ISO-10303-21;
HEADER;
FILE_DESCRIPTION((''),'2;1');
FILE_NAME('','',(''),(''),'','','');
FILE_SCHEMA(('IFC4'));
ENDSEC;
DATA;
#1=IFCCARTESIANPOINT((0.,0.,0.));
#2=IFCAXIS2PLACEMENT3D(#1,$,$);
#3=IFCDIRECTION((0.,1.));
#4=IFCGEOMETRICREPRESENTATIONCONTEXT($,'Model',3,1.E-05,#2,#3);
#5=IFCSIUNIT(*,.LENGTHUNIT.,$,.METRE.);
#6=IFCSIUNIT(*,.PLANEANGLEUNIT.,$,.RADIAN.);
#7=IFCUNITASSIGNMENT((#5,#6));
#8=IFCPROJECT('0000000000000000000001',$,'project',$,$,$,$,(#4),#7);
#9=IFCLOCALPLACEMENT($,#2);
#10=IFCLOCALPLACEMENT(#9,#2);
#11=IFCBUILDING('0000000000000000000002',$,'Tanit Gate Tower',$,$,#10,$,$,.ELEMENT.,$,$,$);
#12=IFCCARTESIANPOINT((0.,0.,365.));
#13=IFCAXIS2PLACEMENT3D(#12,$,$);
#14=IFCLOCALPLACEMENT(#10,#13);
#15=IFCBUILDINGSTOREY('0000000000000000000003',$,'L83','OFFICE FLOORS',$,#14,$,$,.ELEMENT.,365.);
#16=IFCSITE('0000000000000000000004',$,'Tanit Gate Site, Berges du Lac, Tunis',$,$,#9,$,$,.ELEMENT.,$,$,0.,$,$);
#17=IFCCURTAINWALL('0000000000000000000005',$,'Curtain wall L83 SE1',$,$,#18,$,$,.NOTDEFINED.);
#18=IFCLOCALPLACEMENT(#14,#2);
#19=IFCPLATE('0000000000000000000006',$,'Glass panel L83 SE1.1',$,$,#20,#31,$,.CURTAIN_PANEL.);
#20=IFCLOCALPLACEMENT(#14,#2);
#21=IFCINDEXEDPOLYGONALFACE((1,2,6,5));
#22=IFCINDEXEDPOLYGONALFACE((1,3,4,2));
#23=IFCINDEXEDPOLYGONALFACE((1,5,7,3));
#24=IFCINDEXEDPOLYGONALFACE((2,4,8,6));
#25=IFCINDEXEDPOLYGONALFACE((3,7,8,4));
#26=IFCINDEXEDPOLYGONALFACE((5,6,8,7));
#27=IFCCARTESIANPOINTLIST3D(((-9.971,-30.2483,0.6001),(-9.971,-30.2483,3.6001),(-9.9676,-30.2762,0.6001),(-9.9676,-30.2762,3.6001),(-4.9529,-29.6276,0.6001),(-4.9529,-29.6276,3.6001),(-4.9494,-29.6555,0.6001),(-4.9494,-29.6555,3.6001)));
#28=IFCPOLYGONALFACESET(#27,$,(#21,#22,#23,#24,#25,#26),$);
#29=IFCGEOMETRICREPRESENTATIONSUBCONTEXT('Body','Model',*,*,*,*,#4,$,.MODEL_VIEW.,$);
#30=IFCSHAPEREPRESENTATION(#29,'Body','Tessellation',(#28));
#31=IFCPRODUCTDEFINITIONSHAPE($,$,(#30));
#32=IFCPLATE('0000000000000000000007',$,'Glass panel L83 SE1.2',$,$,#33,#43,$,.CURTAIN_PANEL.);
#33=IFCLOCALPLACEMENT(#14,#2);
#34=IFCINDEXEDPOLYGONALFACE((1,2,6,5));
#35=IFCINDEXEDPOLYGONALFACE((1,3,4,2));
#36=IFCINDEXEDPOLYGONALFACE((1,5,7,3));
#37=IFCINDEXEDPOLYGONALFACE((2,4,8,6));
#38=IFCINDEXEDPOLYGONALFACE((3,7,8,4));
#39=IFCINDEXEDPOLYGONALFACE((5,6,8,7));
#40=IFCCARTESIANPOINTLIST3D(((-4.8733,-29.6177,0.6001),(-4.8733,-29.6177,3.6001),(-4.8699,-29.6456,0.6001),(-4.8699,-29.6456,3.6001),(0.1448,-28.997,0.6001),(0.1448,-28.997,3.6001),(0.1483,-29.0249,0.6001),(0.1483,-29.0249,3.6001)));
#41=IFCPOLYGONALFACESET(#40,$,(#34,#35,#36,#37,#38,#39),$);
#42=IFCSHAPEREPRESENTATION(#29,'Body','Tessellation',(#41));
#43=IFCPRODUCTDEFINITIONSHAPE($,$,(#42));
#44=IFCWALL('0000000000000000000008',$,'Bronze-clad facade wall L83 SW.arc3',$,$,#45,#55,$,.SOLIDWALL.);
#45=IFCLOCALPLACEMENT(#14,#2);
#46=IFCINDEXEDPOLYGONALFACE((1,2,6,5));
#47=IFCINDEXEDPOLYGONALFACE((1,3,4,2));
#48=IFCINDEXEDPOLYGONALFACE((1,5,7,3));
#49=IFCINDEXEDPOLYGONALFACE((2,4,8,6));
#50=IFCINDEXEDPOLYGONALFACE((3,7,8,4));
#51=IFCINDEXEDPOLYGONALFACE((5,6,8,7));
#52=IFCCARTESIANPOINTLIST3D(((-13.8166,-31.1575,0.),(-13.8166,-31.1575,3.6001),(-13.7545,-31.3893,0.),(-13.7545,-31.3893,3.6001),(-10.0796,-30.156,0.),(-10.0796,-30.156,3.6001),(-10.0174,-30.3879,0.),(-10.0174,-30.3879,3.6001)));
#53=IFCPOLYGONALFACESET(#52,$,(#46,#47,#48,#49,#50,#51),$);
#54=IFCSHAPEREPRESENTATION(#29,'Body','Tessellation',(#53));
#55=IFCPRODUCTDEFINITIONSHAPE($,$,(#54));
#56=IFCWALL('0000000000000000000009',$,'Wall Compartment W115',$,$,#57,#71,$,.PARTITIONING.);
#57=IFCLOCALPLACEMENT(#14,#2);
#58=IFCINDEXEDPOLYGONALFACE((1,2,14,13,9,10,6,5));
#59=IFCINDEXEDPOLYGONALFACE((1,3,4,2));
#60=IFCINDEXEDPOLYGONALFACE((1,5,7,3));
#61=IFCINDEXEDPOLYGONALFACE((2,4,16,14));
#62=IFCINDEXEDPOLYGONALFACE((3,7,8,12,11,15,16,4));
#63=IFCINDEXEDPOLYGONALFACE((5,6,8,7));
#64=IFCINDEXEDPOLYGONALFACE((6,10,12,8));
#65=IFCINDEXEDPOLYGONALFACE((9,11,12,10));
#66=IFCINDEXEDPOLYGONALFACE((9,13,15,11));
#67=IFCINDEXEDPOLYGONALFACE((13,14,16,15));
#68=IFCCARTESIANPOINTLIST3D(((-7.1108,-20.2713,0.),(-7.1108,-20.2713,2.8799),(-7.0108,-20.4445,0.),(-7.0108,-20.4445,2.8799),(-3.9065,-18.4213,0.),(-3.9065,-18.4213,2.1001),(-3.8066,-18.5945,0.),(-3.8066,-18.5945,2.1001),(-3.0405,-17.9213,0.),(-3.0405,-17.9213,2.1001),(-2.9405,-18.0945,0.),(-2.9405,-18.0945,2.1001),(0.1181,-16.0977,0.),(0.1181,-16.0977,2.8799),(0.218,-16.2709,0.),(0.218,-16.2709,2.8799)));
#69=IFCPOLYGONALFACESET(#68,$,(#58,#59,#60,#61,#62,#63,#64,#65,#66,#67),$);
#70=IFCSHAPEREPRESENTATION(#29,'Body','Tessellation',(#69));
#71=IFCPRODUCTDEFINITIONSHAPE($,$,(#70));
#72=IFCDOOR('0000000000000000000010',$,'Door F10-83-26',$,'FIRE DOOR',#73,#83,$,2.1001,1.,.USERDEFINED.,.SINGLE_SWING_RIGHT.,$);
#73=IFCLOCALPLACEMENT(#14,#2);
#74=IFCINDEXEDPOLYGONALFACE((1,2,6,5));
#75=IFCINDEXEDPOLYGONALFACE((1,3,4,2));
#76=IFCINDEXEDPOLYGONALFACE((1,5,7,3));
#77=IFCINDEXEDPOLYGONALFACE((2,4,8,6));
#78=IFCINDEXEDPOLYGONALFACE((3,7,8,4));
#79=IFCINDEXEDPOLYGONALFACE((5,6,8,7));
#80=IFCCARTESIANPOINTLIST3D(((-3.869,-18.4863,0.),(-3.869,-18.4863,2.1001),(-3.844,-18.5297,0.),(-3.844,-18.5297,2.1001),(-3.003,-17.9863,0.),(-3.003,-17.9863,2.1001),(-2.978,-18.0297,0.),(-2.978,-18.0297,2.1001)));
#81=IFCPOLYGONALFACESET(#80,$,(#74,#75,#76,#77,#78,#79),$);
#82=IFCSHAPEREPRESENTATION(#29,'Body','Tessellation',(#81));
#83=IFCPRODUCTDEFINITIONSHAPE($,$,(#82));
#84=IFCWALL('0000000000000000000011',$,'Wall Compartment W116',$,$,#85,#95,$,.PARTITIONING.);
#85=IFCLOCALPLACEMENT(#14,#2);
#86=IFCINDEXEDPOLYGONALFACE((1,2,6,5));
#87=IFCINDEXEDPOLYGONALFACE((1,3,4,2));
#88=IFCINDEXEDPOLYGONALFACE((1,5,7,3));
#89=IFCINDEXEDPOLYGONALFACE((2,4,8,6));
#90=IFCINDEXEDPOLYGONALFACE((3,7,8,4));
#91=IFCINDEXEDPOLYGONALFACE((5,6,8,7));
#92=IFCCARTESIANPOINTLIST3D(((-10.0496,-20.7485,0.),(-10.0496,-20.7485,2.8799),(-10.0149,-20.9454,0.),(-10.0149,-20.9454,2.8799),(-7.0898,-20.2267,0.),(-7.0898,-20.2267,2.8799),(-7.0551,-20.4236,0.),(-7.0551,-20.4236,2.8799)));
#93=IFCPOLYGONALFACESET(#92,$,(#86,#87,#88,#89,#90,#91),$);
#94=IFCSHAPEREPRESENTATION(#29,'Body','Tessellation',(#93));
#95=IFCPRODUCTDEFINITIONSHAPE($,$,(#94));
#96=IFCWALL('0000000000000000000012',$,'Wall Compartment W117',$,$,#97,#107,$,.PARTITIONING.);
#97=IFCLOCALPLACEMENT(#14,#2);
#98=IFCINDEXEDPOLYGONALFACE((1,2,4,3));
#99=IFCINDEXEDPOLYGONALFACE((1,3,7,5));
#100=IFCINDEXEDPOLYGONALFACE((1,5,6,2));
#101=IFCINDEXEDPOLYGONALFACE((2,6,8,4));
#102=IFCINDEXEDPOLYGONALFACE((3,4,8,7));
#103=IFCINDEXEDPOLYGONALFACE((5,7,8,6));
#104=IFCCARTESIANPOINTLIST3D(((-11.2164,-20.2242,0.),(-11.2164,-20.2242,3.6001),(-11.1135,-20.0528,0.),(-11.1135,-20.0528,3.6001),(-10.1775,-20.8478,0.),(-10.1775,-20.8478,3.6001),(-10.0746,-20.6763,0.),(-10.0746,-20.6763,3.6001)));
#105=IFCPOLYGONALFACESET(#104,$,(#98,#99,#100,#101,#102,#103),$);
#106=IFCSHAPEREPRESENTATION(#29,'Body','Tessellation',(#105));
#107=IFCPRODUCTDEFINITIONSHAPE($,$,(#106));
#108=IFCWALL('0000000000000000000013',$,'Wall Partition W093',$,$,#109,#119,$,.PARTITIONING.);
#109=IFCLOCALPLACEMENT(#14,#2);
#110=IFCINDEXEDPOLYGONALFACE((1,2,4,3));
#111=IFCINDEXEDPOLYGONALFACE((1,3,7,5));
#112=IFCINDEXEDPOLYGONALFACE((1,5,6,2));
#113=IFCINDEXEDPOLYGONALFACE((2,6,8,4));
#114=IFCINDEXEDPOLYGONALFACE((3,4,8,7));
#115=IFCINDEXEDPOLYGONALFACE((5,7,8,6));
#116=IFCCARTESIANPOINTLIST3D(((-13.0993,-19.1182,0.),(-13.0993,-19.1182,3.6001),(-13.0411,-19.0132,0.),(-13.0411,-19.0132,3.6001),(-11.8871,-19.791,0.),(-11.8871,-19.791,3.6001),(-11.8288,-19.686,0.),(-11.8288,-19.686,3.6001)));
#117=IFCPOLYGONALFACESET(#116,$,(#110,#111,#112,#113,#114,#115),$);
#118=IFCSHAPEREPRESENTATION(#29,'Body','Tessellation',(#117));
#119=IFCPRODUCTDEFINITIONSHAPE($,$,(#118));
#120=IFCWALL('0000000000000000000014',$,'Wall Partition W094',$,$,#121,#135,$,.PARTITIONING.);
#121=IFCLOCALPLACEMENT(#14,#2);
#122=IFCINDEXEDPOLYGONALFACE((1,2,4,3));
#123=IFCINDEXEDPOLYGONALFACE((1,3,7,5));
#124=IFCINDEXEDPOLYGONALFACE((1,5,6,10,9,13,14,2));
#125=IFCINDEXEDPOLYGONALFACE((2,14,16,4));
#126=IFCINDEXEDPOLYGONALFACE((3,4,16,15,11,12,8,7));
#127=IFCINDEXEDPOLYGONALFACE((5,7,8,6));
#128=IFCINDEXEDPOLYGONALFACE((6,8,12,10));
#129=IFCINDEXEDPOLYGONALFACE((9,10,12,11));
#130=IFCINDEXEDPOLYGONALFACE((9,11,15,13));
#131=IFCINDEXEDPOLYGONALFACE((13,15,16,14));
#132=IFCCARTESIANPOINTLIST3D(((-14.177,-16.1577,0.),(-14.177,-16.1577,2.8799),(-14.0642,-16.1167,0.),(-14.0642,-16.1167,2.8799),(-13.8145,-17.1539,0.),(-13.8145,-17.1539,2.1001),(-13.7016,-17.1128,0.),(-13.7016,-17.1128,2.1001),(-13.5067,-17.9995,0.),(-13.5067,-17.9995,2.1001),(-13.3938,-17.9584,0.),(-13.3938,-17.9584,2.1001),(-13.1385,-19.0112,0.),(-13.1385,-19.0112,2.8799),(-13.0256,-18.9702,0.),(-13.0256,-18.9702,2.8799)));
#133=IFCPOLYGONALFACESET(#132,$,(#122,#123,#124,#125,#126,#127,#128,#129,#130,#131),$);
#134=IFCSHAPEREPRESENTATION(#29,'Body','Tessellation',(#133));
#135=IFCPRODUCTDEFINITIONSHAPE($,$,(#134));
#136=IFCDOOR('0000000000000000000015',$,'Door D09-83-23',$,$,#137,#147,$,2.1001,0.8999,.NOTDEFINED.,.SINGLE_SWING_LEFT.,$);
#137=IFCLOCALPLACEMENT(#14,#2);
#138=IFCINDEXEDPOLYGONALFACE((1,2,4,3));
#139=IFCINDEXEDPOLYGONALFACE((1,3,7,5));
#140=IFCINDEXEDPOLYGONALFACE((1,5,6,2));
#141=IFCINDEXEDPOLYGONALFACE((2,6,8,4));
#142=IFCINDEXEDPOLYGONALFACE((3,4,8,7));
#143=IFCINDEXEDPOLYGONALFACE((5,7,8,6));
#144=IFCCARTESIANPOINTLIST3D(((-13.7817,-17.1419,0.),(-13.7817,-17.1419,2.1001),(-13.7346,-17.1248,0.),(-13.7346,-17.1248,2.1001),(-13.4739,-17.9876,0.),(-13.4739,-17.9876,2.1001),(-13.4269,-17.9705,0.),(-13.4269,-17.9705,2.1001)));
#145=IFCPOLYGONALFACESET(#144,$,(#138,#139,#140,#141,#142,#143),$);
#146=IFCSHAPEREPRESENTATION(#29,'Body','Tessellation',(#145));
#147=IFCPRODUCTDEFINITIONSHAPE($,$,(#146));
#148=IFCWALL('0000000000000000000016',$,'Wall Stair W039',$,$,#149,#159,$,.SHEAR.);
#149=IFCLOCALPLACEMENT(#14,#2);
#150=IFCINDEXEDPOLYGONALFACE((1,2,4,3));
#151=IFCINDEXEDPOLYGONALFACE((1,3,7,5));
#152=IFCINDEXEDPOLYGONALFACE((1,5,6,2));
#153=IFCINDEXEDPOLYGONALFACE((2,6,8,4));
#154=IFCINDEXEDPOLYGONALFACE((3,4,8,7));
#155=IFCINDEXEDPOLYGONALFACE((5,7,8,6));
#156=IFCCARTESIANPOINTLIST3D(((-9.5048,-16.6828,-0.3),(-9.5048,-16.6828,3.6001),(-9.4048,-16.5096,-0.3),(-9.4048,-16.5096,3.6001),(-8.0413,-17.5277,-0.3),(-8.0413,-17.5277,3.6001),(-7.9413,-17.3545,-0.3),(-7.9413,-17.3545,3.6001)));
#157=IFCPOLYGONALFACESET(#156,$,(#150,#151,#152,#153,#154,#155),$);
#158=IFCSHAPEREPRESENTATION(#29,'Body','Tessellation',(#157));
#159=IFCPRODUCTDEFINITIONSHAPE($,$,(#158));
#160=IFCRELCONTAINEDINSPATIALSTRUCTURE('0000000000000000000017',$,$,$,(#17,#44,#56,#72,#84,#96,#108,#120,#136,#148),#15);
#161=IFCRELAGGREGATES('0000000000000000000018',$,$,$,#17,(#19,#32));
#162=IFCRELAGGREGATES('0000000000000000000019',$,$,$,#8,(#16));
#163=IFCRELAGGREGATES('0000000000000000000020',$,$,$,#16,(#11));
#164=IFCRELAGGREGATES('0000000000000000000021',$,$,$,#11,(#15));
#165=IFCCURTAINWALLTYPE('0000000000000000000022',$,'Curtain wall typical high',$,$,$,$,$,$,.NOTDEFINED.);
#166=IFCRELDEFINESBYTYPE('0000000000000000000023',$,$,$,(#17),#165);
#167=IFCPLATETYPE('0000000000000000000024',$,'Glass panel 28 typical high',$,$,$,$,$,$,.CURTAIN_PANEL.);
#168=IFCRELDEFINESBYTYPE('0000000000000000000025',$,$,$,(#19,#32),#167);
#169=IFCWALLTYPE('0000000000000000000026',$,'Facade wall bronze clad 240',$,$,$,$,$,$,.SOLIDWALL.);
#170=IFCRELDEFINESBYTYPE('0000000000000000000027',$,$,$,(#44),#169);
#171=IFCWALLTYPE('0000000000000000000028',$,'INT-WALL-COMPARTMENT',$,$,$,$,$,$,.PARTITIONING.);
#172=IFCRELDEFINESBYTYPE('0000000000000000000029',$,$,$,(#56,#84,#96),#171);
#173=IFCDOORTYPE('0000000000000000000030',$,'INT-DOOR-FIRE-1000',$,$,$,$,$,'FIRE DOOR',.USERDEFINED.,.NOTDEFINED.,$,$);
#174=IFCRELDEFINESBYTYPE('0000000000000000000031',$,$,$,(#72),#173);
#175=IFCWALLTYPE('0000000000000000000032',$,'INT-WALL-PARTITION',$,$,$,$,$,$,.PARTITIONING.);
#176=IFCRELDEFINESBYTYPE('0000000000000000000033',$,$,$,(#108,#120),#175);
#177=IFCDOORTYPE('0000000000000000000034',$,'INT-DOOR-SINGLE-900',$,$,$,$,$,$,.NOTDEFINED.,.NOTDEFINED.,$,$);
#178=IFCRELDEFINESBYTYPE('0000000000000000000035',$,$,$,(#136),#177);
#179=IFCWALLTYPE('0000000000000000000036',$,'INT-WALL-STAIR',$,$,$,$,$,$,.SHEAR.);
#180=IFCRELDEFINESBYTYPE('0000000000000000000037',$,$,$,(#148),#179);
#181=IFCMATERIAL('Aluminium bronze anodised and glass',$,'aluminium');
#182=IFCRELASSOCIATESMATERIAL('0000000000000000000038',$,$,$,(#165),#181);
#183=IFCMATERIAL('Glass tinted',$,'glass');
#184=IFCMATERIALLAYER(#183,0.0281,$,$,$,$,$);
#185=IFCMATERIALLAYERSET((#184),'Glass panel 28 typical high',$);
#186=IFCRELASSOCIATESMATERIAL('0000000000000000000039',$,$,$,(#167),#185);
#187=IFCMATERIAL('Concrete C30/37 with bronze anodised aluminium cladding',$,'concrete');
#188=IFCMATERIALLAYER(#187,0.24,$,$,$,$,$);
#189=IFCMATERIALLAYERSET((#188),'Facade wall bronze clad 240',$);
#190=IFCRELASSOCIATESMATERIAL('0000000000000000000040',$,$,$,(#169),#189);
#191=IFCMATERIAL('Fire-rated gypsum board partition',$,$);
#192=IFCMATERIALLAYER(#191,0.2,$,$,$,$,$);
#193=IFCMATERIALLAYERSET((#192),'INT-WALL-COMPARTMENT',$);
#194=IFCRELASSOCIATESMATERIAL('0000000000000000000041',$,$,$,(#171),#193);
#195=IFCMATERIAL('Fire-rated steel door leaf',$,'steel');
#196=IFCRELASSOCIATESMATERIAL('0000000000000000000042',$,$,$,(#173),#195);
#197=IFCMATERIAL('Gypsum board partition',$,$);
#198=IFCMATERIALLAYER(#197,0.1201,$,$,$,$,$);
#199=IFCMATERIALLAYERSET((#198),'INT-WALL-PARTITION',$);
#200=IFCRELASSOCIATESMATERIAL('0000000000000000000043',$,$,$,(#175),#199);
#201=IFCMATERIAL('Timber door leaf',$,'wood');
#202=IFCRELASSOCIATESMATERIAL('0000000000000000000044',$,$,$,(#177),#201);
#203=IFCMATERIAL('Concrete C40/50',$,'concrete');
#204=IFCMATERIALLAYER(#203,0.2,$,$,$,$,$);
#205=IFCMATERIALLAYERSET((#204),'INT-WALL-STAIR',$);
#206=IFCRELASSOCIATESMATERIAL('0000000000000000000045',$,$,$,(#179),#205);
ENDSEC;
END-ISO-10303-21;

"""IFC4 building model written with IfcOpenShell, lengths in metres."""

from ifc_helpers import new_model, si_unit, direction, frame, frame_2d, origin, origin_2d, place, context, subcontext, project, spatial, rectangle, extrude, material, layer, layer_set, type_object, element, fill, aggregate, save


model = new_model("IFC4")

# Units and contexts
model_context = context("Model", 3, precision=1e-05, world=origin(), true_north=direction((0.0, 1.0)))
body_context = subcontext(model_context, "Body", "Model", "MODEL_VIEW")
ifc_project = project(units=[si_unit("LENGTHUNIT", "METRE"), si_unit("PLANEANGLEUNIT", "RADIAN")], contexts=[model_context])

# Site, building, storey
site_placement = place(None, origin())
site = spatial("IfcSite", under=ifc_project, at=site_placement, Name="Tanit Gate Site, Berges du Lac, Tunis", CompositionType="ELEMENT", RefElevation=0.0)
building_placement = place(site_placement, origin())
building = spatial("IfcBuilding", under=site, at=building_placement, Name="Tanit Gate Tower", CompositionType="ELEMENT")
storey_placement = place(building_placement, frame((0.0, 0.0, 365.0)))
storey = spatial("IfcBuildingStorey", under=building, at=storey_placement, Name="L83", Description="OFFICE FLOORS", CompositionType="ELEMENT", Elevation=365.0)

# Curtain wall
ifc_material_1 = material(Name="Aluminium bronze anodised and glass", Category="aluminium")
curtain_wall_type = type_object("IfcCurtainWallType", Name="Curtain wall typical high", PredefinedType="NOTDEFINED", material=ifc_material_1)
curtain_wall_placement = place(storey_placement, origin())
curtain_wall = element("IfcCurtainWall", 1, at=curtain_wall_placement, inside=storey, type_object=curtain_wall_type, Name="Curtain wall L83 SE1", PredefinedType="NOTDEFINED")

# Plates
ifc_material_2 = material(Name="Glass tinted", Category="glass")
ifc_layer_1 = layer(ifc_material_2, 0.0281)
ifc_layer_set_1 = layer_set([ifc_layer_1], Name="Glass panel 28 typical high")
plate_type = type_object("IfcPlateType", Name="Glass panel 28 typical high", PredefinedType="CURTAIN_PANEL", material=ifc_layer_set_1)
plate_1_placement = place(storey_placement, frame((-7.4602, -29.9519, 0.6001), z_axis=(0.0, 0.0, 1.0), x_axis=(0.992436, 0.122759, 0.0)))
plate_1 = element("IfcPlate", 2, at=plate_1_placement, type_object=plate_type, Name="Glass panel L83 SE1.1", PredefinedType="CURTAIN_PANEL", context=body_context, shape_type="SweptSolid", body=[
    extrude(rectangle(XDim=5.0564, YDim=0.0281, at=origin_2d()), origin(), (0.0, 0.0, 1.0), 3.0),
])
plate_2_placement = place(storey_placement, frame((-2.3625, -29.3213, 0.6001), z_axis=(0.0, 0.0, 1.0), x_axis=(0.992436, 0.122759, 0.0)))
plate_2 = element("IfcPlate", 3, at=plate_2_placement, type_object=plate_type, Name="Glass panel L83 SE1.2", PredefinedType="CURTAIN_PANEL", context=body_context, shape_type="SweptSolid", body=[
    extrude(rectangle(XDim=5.0564, YDim=0.0281, at=origin_2d()), origin(), (0.0, 0.0, 1.0), 3.0),
])
aggregate(curtain_wall, [plate_1, plate_2])

# Wall
ifc_material_3 = material(Name="Concrete C30/37 with bronze anodised aluminium cladding", Category="concrete")
ifc_layer_2 = layer(ifc_material_3, 0.24)
ifc_layer_set_2 = layer_set([ifc_layer_2], Name="Facade wall bronze clad 240")
wall_type_1 = type_object("IfcWallType", Name="Facade wall bronze clad 240", PredefinedType="SOLIDWALL", material=ifc_layer_set_2)
wall_1_placement = place(storey_placement, frame((-13.7856, -31.2734, 0.0), z_axis=(0.0, 0.0, 1.0), x_axis=(0.965918, 0.258849, 0.0)))
element("IfcWall", 4, at=wall_1_placement, inside=storey, type_object=wall_type_1, Name="Bronze-clad facade wall L83 SW.arc3", PredefinedType="SOLIDWALL", context=body_context, shape_type="SweptSolid", body=[
    extrude(rectangle(XDim=3.8689, YDim=0.24, at=frame_2d((1.9346, 0.0))), origin(), (0.0, 0.0, 1.0), 3.6001),
])

# Wall, opening, door
ifc_material_4 = material(Name="Fire-rated gypsum board partition")
ifc_layer_3 = layer(ifc_material_4, 0.2)
ifc_layer_set_3 = layer_set([ifc_layer_3], Name="INT-WALL-COMPARTMENT")
wall_type_2 = type_object("IfcWallType", Name="INT-WALL-COMPARTMENT", PredefinedType="PARTITIONING", material=ifc_layer_set_3)
wall_2_placement = place(storey_placement, frame((-7.0608, -20.3579, 0.0), z_axis=(0.0, 0.0, 1.0), x_axis=(0.866022, 0.500005, 0.0)))
wall_2 = element("IfcWall", 5, at=wall_2_placement, inside=storey, type_object=wall_type_2, Name="Wall Compartment W115", PredefinedType="PARTITIONING", context=body_context, shape_type="SweptSolid", body=[
    extrude(rectangle(XDim=8.3472, YDim=0.2, at=frame_2d((4.1736, 0.0))), origin(), (0.0, 0.0, 1.0), 2.8799),
])
opening_1_placement = place(wall_2_placement, frame((3.7, 0.0, 0.0)))
opening_1 = element("IfcOpeningElement", 6, at=opening_1_placement, cuts=wall_2, PredefinedType="OPENING", context=body_context, shape_type="SweptSolid", body=[
    extrude(rectangle(XDim=1.0, YDim=2.1001, at=frame_2d((0.5, 1.05))), frame((0.0, 0.1099, 0.0), z_axis=(0.0, -1.0, 0.0), x_axis=(1.0, 0.0, 0.0)), (0.0, 0.0, 1.0), 0.22),
])
ifc_material_5 = material(Name="Fire-rated steel door leaf", Category="steel")
door_type_1 = type_object("IfcDoorType", Name="INT-DOOR-FIRE-1000", ElementType="FIRE DOOR", OperationType="NOTDEFINED", PredefinedType="USERDEFINED", material=ifc_material_5)
door_1_placement = place(opening_1_placement, origin())
door_1 = element("IfcDoor", 7, at=door_1_placement, inside=storey, type_object=door_type_1, Name="Door F10-83-26", ObjectType="FIRE DOOR", OperationType="SINGLE_SWING_RIGHT", OverallHeight=2.1001, OverallWidth=1.0, PredefinedType="USERDEFINED", context=body_context, shape_type="SweptSolid", body=[
    extrude(rectangle(XDim=1.0, YDim=2.1001, at=frame_2d((0.5, 1.05))), frame((0.0, 0.0249, 0.0), z_axis=(0.0, -1.0, 0.0), x_axis=(1.0, 0.0, 0.0)), (0.0, 0.0, 1.0), 0.05),
])
fill(opening_1, door_1)

# Walls
wall_3_placement = place(storey_placement, frame((-10.0322, -20.8469, 0.0), z_axis=(0.0, 0.0, 1.0), x_axis=(0.984816, 0.1736, 0.0)))
element("IfcWall", 8, at=wall_3_placement, inside=storey, type_object=wall_type_2, Name="Wall Compartment W116", PredefinedType="PARTITIONING", context=body_context, shape_type="SweptSolid", body=[
    extrude(rectangle(XDim=3.0054, YDim=0.2, at=frame_2d((1.5027, 0.0))), origin(), (0.0, 0.0, 1.0), 2.8799),
])
wall_4_placement = place(storey_placement, frame((-11.165, -20.1384, 0.0), z_axis=(0.0, 0.0, 1.0), x_axis=(0.857404, -0.514644, 0.0)))
element("IfcWall", 9, at=wall_4_placement, inside=storey, type_object=wall_type_2, Name="Wall Compartment W117", PredefinedType="PARTITIONING", context=body_context, shape_type="SweptSolid", body=[
    extrude(rectangle(XDim=1.2117, YDim=0.2, at=frame_2d((0.606, 0.0))), origin(), (0.0, 0.0, 1.0), 3.6001),
])
ifc_material_6 = material(Name="Gypsum board partition")
ifc_layer_4 = layer(ifc_material_6, 0.1201)
ifc_layer_set_4 = layer_set([ifc_layer_4], Name="INT-WALL-PARTITION")
wall_type_3 = type_object("IfcWallType", Name="INT-WALL-PARTITION", PredefinedType="PARTITIONING", material=ifc_layer_set_4)
wall_5_placement = place(storey_placement, frame((-13.0703, -19.0657, 0.0), z_axis=(0.0, 0.0, 1.0), x_axis=(0.874373, -0.485254, 0.0)))
element("IfcWall", 10, at=wall_5_placement, inside=storey, type_object=wall_type_3, Name="Wall Partition W093", PredefinedType="PARTITIONING", context=body_context, shape_type="SweptSolid", body=[
    extrude(rectangle(XDim=1.3865, YDim=0.1201, at=frame_2d((0.6934, 0.0))), origin(), (0.0, 0.0, 1.0), 3.6001),
])

# Wall, opening, door
wall_6_placement = place(storey_placement, frame((-14.1206, -16.1372, 0.0), z_axis=(0.0, 0.0, 1.0), x_axis=(0.342014, -0.939695, 0.0)))
wall_6 = element("IfcWall", 11, at=wall_6_placement, inside=storey, type_object=wall_type_3, Name="Wall Partition W094", PredefinedType="PARTITIONING", context=body_context, shape_type="SweptSolid", body=[
    extrude(rectangle(XDim=3.0366, YDim=0.1201, at=frame_2d((1.5183, 0.0))), origin(), (0.0, 0.0, 1.0), 2.8799),
])
opening_2_placement = place(wall_6_placement, frame((1.0601, 0.0, 0.0)))
opening_2 = element("IfcOpeningElement", 12, at=opening_2_placement, cuts=wall_6, PredefinedType="OPENING", context=body_context, shape_type="SweptSolid", body=[
    extrude(rectangle(XDim=0.8999, YDim=2.1001, at=frame_2d((0.45, 1.05))), frame((0.0, 0.0701, 0.0), z_axis=(0.0, -1.0, 0.0), x_axis=(1.0, 0.0, 0.0)), (0.0, 0.0, 1.0), 0.1401),
])
ifc_material_7 = material(Name="Timber door leaf", Category="wood")
door_type_2 = type_object("IfcDoorType", Name="INT-DOOR-SINGLE-900", OperationType="NOTDEFINED", PredefinedType="NOTDEFINED", material=ifc_material_7)
door_2_placement = place(opening_2_placement, origin())
door_2 = element("IfcDoor", 13, at=door_2_placement, inside=storey, type_object=door_type_2, Name="Door D09-83-23", OperationType="SINGLE_SWING_LEFT", OverallHeight=2.1001, OverallWidth=0.8999, PredefinedType="NOTDEFINED", context=body_context, shape_type="SweptSolid", body=[
    extrude(rectangle(XDim=0.8999, YDim=2.1001, at=frame_2d((0.45, 1.05))), frame((0.0, 0.0249, 0.0), z_axis=(0.0, -1.0, 0.0), x_axis=(1.0, 0.0, 0.0)), (0.0, 0.0, 1.0), 0.05),
])
fill(opening_2, door_2)

# Wall
ifc_material_8 = material(Name="Concrete C40/50", Category="concrete")
ifc_layer_5 = layer(ifc_material_8, 0.2)
ifc_layer_set_5 = layer_set([ifc_layer_5], Name="INT-WALL-STAIR")
wall_type_4 = type_object("IfcWallType", Name="INT-WALL-STAIR", PredefinedType="SHEAR", material=ifc_layer_set_5)
wall_7_placement = place(storey_placement, frame((-9.4548, -16.5962, -0.3), z_axis=(0.0, 0.0, 1.0), x_axis=(0.866039, -0.499977, 0.0)))
element("IfcWall", 14, at=wall_7_placement, inside=storey, type_object=wall_type_4, Name="Wall Stair W039", PredefinedType="SHEAR", context=body_context, shape_type="SweptSolid", body=[
    extrude(rectangle(XDim=1.6899, YDim=0.2, at=frame_2d((0.845, 0.0))), origin(), (0.0, 0.0, 1.0), 3.9001),
])

save(model, "model.ifc")
